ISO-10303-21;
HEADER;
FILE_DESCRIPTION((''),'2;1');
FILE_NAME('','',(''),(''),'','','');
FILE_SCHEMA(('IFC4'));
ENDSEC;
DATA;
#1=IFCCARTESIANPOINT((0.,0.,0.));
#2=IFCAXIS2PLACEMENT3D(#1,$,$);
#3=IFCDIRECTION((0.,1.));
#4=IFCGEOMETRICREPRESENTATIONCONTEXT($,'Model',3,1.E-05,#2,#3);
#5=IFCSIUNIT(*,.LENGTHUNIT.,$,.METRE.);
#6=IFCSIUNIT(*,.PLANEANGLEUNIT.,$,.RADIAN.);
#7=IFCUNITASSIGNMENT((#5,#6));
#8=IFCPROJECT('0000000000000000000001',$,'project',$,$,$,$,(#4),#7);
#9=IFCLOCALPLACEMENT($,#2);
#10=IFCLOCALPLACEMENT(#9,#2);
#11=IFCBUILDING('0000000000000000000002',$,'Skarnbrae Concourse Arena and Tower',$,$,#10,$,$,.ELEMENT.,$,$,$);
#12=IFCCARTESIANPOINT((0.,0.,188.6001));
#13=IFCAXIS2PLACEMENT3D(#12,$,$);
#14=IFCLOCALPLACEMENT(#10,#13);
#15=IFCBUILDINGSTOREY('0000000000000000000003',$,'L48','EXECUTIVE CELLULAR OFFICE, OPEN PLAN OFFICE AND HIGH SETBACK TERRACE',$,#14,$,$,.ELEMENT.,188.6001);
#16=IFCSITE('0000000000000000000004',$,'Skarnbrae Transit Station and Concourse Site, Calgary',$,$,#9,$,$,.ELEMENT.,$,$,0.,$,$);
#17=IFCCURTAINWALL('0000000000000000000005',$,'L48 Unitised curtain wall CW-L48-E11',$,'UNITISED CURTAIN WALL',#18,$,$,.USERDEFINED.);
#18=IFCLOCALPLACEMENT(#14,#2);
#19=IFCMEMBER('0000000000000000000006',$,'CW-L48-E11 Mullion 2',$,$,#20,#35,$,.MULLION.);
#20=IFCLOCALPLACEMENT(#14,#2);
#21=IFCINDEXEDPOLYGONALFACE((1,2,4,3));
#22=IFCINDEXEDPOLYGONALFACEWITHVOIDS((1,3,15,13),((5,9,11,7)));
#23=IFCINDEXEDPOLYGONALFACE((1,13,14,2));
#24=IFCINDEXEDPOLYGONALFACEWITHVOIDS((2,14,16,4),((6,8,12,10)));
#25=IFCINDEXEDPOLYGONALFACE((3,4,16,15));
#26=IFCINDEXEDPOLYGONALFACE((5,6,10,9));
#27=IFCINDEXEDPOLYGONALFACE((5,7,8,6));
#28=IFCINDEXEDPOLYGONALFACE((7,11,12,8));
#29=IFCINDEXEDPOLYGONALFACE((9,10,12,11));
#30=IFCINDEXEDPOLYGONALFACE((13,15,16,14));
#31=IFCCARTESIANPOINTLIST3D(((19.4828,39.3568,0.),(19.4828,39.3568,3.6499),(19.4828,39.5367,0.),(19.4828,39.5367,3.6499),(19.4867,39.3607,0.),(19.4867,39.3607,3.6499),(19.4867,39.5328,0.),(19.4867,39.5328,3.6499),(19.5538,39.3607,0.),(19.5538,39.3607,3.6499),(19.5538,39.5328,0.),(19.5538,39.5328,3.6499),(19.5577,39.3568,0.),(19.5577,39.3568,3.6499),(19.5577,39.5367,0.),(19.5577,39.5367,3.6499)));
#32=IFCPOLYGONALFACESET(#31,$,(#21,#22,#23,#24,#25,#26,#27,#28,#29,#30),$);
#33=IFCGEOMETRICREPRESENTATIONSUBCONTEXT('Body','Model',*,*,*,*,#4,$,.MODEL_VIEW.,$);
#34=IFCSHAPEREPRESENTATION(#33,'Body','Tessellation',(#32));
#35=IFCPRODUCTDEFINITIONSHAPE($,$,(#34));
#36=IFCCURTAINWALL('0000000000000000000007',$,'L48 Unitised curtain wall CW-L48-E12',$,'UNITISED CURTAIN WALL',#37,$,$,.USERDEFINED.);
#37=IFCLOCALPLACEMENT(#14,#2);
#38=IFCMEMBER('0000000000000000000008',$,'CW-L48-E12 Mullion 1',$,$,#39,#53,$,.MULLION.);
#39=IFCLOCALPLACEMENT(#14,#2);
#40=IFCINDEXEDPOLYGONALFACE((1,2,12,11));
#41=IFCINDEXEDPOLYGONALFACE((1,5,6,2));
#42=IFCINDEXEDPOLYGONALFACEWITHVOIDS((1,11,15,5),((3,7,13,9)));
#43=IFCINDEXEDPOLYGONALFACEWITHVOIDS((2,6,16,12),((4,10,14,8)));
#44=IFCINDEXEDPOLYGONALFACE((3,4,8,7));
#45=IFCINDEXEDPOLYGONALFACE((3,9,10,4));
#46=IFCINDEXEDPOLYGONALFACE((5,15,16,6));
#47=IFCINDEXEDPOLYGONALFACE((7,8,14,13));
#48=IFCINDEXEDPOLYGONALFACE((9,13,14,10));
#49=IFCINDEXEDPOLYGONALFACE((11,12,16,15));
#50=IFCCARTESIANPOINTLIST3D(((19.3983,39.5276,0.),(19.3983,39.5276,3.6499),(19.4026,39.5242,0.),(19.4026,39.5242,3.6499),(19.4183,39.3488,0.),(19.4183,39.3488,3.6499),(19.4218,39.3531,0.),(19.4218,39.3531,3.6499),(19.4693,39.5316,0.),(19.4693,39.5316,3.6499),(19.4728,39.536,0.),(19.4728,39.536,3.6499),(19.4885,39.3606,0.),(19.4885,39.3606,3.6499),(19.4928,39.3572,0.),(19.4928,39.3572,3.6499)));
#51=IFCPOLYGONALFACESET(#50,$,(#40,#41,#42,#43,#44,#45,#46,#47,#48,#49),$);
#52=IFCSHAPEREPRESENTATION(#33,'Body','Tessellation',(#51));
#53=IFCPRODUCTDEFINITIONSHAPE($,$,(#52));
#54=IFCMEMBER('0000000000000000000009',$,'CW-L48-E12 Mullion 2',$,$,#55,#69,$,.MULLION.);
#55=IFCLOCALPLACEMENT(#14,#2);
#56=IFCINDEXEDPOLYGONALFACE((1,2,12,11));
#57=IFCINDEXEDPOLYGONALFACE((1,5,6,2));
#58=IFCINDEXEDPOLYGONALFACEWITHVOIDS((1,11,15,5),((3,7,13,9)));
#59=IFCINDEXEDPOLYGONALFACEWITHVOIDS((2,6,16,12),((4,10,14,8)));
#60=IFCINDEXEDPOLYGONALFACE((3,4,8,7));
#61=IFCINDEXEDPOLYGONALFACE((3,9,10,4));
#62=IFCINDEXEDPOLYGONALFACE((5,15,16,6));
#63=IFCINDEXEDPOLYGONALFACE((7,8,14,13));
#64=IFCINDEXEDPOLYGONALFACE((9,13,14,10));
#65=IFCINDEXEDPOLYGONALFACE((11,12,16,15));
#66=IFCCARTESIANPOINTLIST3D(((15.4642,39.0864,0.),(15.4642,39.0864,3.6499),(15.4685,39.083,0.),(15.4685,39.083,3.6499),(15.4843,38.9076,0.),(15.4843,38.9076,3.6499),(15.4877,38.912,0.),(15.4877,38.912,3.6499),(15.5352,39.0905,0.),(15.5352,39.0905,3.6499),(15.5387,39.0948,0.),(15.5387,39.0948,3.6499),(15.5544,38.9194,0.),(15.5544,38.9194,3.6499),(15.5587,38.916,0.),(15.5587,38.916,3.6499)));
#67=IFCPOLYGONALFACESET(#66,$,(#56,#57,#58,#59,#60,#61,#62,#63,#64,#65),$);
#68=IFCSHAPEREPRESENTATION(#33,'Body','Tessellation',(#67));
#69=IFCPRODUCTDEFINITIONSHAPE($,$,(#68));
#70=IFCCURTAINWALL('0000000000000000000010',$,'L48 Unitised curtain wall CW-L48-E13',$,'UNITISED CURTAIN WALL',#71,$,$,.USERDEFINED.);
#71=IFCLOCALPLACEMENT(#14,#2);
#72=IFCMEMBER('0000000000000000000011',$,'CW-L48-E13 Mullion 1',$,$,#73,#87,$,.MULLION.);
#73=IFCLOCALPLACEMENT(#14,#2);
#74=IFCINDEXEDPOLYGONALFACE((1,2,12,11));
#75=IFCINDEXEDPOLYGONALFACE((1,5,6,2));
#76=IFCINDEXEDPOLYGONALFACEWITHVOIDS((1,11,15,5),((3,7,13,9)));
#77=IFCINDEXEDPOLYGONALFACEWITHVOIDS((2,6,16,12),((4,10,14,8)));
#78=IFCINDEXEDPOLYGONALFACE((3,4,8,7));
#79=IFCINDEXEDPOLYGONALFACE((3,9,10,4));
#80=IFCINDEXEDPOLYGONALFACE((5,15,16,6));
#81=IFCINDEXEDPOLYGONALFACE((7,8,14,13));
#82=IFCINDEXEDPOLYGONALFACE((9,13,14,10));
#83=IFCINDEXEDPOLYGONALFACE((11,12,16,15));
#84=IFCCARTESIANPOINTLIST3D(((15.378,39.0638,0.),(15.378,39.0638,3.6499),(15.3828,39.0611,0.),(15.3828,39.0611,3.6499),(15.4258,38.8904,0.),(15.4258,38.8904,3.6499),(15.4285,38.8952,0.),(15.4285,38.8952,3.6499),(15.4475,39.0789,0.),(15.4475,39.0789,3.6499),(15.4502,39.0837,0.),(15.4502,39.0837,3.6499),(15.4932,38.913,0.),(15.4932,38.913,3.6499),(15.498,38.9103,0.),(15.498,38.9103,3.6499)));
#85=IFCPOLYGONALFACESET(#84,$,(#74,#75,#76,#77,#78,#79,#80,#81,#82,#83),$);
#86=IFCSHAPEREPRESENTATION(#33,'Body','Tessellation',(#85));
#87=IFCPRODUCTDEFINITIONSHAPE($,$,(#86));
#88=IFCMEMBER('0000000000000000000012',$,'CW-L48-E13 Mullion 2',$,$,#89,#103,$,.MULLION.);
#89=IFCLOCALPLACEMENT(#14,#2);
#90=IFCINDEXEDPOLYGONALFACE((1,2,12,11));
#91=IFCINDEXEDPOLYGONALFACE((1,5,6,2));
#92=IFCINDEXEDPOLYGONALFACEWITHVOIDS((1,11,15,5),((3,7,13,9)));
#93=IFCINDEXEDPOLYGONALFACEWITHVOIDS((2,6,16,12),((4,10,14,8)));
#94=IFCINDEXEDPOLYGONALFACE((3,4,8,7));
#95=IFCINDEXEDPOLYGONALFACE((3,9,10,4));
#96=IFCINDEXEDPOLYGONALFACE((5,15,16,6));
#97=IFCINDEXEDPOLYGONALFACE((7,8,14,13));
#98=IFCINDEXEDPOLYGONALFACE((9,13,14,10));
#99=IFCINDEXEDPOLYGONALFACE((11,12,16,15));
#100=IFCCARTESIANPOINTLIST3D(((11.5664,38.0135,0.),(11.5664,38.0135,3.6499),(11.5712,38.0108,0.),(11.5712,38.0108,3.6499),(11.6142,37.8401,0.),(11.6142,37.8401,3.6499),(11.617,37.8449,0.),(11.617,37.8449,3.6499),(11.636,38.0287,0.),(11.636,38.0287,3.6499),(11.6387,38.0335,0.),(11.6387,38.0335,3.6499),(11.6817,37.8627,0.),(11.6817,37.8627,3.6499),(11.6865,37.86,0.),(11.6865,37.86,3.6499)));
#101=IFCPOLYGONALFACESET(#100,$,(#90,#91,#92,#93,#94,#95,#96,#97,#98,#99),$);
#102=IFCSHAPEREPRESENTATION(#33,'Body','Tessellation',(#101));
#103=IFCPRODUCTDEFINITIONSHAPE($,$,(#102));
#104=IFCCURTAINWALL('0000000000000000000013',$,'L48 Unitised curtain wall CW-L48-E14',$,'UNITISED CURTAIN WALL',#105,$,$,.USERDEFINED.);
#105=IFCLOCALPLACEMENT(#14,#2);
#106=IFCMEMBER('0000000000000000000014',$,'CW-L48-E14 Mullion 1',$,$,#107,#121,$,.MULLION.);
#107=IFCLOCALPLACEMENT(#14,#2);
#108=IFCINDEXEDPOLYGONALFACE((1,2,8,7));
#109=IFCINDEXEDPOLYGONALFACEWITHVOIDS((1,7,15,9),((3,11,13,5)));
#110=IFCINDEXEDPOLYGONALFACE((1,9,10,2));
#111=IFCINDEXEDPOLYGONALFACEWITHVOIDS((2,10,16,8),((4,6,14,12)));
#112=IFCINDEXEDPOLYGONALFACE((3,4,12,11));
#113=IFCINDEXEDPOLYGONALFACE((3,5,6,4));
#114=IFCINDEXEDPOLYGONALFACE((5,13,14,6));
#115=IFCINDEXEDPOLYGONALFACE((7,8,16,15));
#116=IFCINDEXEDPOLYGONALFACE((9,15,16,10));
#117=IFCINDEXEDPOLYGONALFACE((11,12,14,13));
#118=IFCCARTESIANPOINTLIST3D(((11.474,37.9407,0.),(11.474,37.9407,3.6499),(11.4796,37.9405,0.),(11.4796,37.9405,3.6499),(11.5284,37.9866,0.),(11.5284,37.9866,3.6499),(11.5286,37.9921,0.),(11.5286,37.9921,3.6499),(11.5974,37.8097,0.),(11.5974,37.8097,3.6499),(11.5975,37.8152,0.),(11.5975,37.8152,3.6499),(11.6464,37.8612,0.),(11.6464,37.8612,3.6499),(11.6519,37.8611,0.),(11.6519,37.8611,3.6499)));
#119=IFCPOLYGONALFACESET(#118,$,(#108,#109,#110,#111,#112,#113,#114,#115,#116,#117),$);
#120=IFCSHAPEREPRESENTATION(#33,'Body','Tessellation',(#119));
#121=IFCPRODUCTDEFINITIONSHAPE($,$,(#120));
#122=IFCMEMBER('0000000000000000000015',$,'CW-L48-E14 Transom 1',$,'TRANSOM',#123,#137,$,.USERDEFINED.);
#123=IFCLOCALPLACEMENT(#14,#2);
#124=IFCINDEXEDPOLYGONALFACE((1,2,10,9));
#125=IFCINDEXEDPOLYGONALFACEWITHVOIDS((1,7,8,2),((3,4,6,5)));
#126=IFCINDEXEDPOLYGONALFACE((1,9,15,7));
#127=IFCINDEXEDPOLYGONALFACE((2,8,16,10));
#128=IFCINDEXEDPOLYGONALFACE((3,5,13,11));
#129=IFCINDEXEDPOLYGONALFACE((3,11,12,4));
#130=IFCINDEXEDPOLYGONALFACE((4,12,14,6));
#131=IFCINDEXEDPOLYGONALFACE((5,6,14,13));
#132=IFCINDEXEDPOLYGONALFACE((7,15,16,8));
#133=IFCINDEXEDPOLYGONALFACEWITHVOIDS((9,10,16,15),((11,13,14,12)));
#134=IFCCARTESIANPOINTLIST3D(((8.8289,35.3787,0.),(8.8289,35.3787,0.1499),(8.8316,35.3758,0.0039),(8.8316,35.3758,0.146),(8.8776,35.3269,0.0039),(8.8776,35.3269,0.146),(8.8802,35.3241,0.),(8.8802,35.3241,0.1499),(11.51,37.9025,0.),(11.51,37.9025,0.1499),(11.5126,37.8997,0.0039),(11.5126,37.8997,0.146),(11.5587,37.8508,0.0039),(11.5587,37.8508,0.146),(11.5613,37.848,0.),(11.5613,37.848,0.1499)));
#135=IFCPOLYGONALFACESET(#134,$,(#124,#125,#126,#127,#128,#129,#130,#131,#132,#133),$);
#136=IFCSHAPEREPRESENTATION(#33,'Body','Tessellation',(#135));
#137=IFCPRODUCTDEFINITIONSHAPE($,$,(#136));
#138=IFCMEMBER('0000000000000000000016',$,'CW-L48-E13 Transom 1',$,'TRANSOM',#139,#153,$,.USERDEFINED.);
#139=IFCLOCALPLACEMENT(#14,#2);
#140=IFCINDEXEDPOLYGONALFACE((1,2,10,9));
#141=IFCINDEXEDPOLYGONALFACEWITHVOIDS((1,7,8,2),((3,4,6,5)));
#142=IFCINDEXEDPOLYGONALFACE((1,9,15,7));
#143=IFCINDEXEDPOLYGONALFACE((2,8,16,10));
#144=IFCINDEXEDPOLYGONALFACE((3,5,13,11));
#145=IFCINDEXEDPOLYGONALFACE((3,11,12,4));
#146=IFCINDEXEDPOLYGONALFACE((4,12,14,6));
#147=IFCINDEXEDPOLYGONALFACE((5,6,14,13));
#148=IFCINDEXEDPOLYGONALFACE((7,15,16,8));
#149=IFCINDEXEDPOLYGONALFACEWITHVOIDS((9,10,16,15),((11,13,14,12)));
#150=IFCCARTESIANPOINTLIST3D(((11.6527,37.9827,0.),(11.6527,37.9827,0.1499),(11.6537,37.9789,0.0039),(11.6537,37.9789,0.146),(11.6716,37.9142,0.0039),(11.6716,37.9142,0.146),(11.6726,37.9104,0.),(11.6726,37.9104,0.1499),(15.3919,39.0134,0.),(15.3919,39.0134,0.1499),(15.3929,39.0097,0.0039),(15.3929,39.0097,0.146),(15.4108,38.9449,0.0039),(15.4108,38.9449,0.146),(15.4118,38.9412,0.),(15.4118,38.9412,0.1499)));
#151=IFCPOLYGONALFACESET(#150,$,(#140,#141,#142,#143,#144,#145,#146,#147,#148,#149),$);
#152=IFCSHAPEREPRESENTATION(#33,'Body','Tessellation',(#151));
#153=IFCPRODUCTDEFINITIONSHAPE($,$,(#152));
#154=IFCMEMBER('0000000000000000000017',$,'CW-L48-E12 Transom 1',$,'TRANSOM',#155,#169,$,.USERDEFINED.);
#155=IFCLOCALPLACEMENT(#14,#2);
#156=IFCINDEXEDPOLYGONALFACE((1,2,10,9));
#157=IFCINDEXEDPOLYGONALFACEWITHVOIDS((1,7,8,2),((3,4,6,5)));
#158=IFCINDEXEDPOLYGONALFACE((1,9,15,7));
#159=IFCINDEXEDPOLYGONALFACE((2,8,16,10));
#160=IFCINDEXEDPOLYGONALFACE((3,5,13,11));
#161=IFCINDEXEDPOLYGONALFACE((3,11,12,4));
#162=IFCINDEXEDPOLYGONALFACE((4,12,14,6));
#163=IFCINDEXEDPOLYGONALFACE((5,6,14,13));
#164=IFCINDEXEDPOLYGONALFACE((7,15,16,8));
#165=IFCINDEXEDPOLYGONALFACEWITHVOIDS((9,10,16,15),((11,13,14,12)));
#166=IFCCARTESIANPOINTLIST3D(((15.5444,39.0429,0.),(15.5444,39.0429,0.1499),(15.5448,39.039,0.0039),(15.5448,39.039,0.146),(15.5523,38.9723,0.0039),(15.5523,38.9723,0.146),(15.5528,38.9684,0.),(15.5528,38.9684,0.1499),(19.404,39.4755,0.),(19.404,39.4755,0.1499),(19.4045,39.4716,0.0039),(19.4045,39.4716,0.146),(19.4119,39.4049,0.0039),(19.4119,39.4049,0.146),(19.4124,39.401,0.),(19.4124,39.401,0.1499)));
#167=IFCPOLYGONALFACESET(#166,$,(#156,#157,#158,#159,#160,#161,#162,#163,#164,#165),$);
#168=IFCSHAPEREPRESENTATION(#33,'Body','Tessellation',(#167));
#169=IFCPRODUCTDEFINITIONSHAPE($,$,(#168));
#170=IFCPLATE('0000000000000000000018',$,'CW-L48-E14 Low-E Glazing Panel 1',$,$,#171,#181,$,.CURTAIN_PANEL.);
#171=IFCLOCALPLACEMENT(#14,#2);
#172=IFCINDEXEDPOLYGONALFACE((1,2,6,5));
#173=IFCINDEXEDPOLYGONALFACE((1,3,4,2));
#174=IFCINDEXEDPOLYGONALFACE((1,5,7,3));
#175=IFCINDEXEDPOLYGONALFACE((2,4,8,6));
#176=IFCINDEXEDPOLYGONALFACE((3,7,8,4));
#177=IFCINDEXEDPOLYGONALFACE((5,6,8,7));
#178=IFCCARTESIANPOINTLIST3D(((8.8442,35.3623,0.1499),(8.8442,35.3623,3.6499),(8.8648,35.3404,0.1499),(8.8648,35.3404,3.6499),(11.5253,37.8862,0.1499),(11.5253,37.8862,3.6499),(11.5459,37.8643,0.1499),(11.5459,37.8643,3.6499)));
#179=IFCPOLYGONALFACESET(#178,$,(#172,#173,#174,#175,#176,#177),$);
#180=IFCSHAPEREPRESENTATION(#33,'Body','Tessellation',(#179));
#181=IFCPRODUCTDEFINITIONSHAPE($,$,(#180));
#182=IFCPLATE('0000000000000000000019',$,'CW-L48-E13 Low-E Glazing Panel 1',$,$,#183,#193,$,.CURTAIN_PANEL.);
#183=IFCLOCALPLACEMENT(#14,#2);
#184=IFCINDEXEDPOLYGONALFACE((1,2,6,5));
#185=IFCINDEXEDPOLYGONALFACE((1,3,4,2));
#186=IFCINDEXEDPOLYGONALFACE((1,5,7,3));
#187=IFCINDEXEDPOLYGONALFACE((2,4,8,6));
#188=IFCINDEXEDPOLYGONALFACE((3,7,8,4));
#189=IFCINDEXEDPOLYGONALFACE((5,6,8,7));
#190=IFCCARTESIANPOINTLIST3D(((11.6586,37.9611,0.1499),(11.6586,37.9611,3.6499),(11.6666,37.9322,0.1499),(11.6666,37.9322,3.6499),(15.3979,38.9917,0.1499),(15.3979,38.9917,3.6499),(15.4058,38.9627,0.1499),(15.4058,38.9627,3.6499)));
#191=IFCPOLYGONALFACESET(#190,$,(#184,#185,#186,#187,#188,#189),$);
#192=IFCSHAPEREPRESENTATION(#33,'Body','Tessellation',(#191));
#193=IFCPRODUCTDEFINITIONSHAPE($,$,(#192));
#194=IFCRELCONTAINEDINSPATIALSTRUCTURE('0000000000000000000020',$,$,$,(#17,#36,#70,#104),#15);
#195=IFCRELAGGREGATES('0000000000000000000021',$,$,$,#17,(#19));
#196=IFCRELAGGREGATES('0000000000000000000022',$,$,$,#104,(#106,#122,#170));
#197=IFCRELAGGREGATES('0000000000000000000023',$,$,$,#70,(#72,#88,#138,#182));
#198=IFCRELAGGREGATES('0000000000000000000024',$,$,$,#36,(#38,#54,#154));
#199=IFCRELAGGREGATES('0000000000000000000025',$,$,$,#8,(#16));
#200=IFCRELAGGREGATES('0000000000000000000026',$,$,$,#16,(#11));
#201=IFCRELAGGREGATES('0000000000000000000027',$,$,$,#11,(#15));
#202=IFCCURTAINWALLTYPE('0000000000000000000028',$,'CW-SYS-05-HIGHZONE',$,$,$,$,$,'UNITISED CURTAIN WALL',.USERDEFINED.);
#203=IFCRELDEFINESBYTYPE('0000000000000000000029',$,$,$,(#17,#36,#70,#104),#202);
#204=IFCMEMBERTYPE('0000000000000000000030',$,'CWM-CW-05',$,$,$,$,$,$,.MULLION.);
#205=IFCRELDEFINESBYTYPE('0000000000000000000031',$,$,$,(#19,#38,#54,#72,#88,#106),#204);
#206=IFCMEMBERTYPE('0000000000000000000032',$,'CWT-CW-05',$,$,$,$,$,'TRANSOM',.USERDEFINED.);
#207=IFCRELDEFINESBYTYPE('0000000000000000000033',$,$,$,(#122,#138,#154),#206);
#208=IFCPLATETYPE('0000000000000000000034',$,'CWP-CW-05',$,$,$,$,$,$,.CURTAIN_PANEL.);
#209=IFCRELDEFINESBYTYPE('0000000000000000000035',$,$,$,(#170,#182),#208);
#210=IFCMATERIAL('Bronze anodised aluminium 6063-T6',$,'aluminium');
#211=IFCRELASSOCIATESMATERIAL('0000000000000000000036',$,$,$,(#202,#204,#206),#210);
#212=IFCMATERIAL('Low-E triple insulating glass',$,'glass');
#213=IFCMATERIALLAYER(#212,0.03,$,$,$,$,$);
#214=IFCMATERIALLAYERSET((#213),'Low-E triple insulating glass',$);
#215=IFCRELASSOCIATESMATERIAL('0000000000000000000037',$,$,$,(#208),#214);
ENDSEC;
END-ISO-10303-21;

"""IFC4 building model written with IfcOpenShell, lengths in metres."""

from ifc_helpers import new_model, si_unit, direction, frame, origin, origin_2d, place, context, subcontext, project, spatial, rectangle, hollow_rectangle, extrude, source, transform, mapped, material, layer, layer_set, material_profile, profile_set, type_object, element, aggregate, save


model = new_model("IFC4")

# Units and contexts
model_context = context("Model", 3, precision=1e-05, world=origin(), true_north=direction((0.0, 1.0)))
body_context = subcontext(model_context, "Body", "Model", "MODEL_VIEW")
ifc_project = project(units=[si_unit("LENGTHUNIT", "METRE"), si_unit("PLANEANGLEUNIT", "RADIAN")], contexts=[model_context])

# Site, building, storey
site_placement = place(None, origin())
site = spatial("IfcSite", under=ifc_project, at=site_placement, Name="Skarnbrae Transit Station and Concourse Site, Calgary", CompositionType="ELEMENT", RefElevation=0.0)
building_placement = place(site_placement, origin())
building = spatial("IfcBuilding", under=site, at=building_placement, Name="Skarnbrae Concourse Arena and Tower", CompositionType="ELEMENT")
storey_placement = place(building_placement, frame((0.0, 0.0, 188.6001)))
storey = spatial("IfcBuildingStorey", under=building, at=storey_placement, Name="L48", Description="EXECUTIVE CELLULAR OFFICE, OPEN PLAN OFFICE AND HIGH SETBACK TERRACE", CompositionType="ELEMENT", Elevation=188.6001)

# Curtain wall, member
ifc_material_1 = material(Name="Bronze anodised aluminium 6063-T6", Category="aluminium")
curtain_wall_type = type_object("IfcCurtainWallType", Name="CW-SYS-05-HIGHZONE", ElementType="UNITISED CURTAIN WALL", PredefinedType="USERDEFINED", material=ifc_material_1)
curtain_wall_1_placement = place(storey_placement, origin())
curtain_wall_1 = element("IfcCurtainWall", 1, at=curtain_wall_1_placement, inside=storey, type_object=curtain_wall_type, Name="L48 Unitised curtain wall CW-L48-E11", ObjectType="UNITISED CURTAIN WALL", PredefinedType="USERDEFINED")
ifc_material_profile_1 = material_profile(ifc_material_1, hollow_rectangle(XDim=0.075, YDim=0.1799, WallThickness=0.0039, at=origin_2d()), Name="ALU-MULL-75X180")
ifc_profile_set_1 = profile_set([ifc_material_profile_1], Name="Bronze anodised aluminium 6063-T6")
member_type_1 = type_object("IfcMemberType", Name="CWM-CW-05", PredefinedType="MULLION", material=ifc_profile_set_1)
shared_shape_1 = source(origin(), body_context, "Body", "SweptSolid", [
    extrude(hollow_rectangle(XDim=0.075, YDim=0.1799, WallThickness=0.0039, at=origin_2d()), origin(), (0.0, 0.0, 1.0), 3.6499),
])
member_1_placement = place(storey_placement, frame((19.5203, 39.4468, 0.0), z_axis=(0.0, 0.0, 1.0), x_axis=(-1.0, 0.0, 0.0)))
member_1 = element("IfcMember", 2, at=member_1_placement, type_object=member_type_1, Name="CW-L48-E11 Mullion 2", PredefinedType="MULLION", context=body_context, shape_type="MappedRepresentation", body=[
    mapped(shared_shape_1, transform((0.0, 0.0, 0.0))),
])
aggregate(curtain_wall_1, [member_1])

# Curtain walls, members
curtain_wall_2_placement = place(storey_placement, origin())
curtain_wall_2 = element("IfcCurtainWall", 3, at=curtain_wall_2_placement, inside=storey, type_object=curtain_wall_type, Name="L48 Unitised curtain wall CW-L48-E12", ObjectType="UNITISED CURTAIN WALL", PredefinedType="USERDEFINED")
member_2_placement = place(storey_placement, frame((19.4456, 39.4424, 0.0), z_axis=(0.0, 0.0, 1.0), x_axis=(-0.993769, -0.11146, 0.0)))
member_2 = element("IfcMember", 4, at=member_2_placement, type_object=member_type_1, Name="CW-L48-E12 Mullion 1", PredefinedType="MULLION", context=body_context, shape_type="MappedRepresentation", body=[
    mapped(shared_shape_1, transform((0.0, 0.0, 0.0))),
])
member_3_placement = place(storey_placement, frame((15.5115, 39.0012, 0.0), z_axis=(0.0, 0.0, 1.0), x_axis=(-0.993769, -0.11146, 0.0)))
member_3 = element("IfcMember", 5, at=member_3_placement, type_object=member_type_1, Name="CW-L48-E12 Mullion 2", PredefinedType="MULLION", context=body_context, shape_type="MappedRepresentation", body=[
    mapped(shared_shape_1, transform((0.0, 0.0, 0.0))),
])
curtain_wall_3_placement = place(storey_placement, origin())
curtain_wall_3 = element("IfcCurtainWall", 6, at=curtain_wall_3_placement, inside=storey, type_object=curtain_wall_type, Name="L48 Unitised curtain wall CW-L48-E13", ObjectType="UNITISED CURTAIN WALL", PredefinedType="USERDEFINED")
member_4_placement = place(storey_placement, frame((15.438, 38.9871, 0.0), z_axis=(0.0, 0.0, 1.0), x_axis=(-0.964057, -0.265694, 0.0)))
member_4 = element("IfcMember", 7, at=member_4_placement, type_object=member_type_1, Name="CW-L48-E13 Mullion 1", PredefinedType="MULLION", context=body_context, shape_type="MappedRepresentation", body=[
    mapped(shared_shape_1, transform((0.0, 0.0, 0.0))),
])
member_5_placement = place(storey_placement, frame((11.6265, 37.9368, 0.0), z_axis=(0.0, 0.0, 1.0), x_axis=(-0.964057, -0.265694, 0.0)))
member_5 = element("IfcMember", 8, at=member_5_placement, type_object=member_type_1, Name="CW-L48-E13 Mullion 2", PredefinedType="MULLION", context=body_context, shape_type="MappedRepresentation", body=[
    mapped(shared_shape_1, transform((0.0, 0.0, 0.0))),
])
curtain_wall_4_placement = place(storey_placement, origin())
curtain_wall_4 = element("IfcCurtainWall", 9, at=curtain_wall_4_placement, inside=storey, type_object=curtain_wall_type, Name="L48 Unitised curtain wall CW-L48-E14", ObjectType="UNITISED CURTAIN WALL", PredefinedType="USERDEFINED")
member_6_placement = place(storey_placement, frame((11.563, 37.9009, 0.0), z_axis=(0.0, 0.0, 1.0), x_axis=(-0.728131, -0.685438, 0.0)))
member_6 = element("IfcMember", 10, at=member_6_placement, type_object=member_type_1, Name="CW-L48-E14 Mullion 1", PredefinedType="MULLION", context=body_context, shape_type="MappedRepresentation", body=[
    mapped(shared_shape_1, transform((0.0, 0.0, 0.0))),
])
ifc_material_profile_2 = material_profile(ifc_material_1, hollow_rectangle(XDim=0.075, YDim=0.1499, WallThickness=0.0039, at=origin_2d()), Name="ALU-TRAN-75X150")
ifc_profile_set_2 = profile_set([ifc_material_profile_2], Name="Bronze anodised aluminium 6063-T6")
member_type_2 = type_object("IfcMemberType", Name="CWT-CW-05", ElementType="TRANSOM", PredefinedType="USERDEFINED", material=ifc_profile_set_2)
shared_shape_2 = source(origin(), body_context, "Body", "SweptSolid", [
    extrude(hollow_rectangle(XDim=0.075, YDim=0.1499, WallThickness=0.0039, at=origin_2d()), origin(), (0.0, 0.0, 1.0), 3.6821),
])
member_7_placement = place(storey_placement, frame((11.5356, 37.8752, 0.075), z_axis=(-0.728134, -0.685435, 0.0), x_axis=(0.685435, -0.728134, 0.0)))
member_7 = element("IfcMember", 11, at=member_7_placement, type_object=member_type_2, Name="CW-L48-E14 Transom 1", ObjectType="TRANSOM", PredefinedType="USERDEFINED", context=body_context, shape_type="MappedRepresentation", body=[
    mapped(shared_shape_2, transform((0.0, 0.0, 0.0))),
])

# Members
shared_shape_3 = source(origin(), body_context, "Body", "SweptSolid", [
    extrude(hollow_rectangle(XDim=0.075, YDim=0.1499, WallThickness=0.0039, at=origin_2d()), origin(), (0.0, 0.0, 1.0), 3.8787),
])
member_8_placement = place(storey_placement, frame((15.4019, 38.9773, 0.075), z_axis=(-0.964043, -0.265747, 0.0), x_axis=(0.265747, -0.964043, 0.0)))
member_8 = element("IfcMember", 12, at=member_8_placement, type_object=member_type_2, Name="CW-L48-E13 Transom 1", ObjectType="TRANSOM", PredefinedType="USERDEFINED", context=body_context, shape_type="MappedRepresentation", body=[
    mapped(shared_shape_3, transform((0.0, 0.0, 0.0))),
])
shared_shape_4 = source(origin(), body_context, "Body", "SweptSolid", [
    extrude(hollow_rectangle(XDim=0.075, YDim=0.1499, WallThickness=0.0039, at=origin_2d()), origin(), (0.0, 0.0, 1.0), 3.8838),
])
member_9_placement = place(storey_placement, frame((19.4082, 39.4382, 0.075), z_axis=(-0.993777, -0.11139, 0.0), x_axis=(0.11139, -0.993777, 0.0)))
member_9 = element("IfcMember", 13, at=member_9_placement, type_object=member_type_2, Name="CW-L48-E12 Transom 1", ObjectType="TRANSOM", PredefinedType="USERDEFINED", context=body_context, shape_type="MappedRepresentation", body=[
    mapped(shared_shape_4, transform((0.0, 0.0, 0.0))),
])

# Plates
ifc_material_2 = material(Name="Low-E triple insulating glass", Category="glass")
ifc_layer_1 = layer(ifc_material_2, 0.03)
ifc_layer_set_1 = layer_set([ifc_layer_1], Name="Low-E triple insulating glass")
plate_type = type_object("IfcPlateType", Name="CWP-CW-05", PredefinedType="CURTAIN_PANEL", material=ifc_layer_set_1)
shared_shape_5 = source(origin(), body_context, "Body", "SweptSolid", [
    extrude(rectangle(XDim=3.6821, YDim=0.03, at=origin_2d()), origin(), (0.0, 0.0, 1.0), 3.5),
])
plate_1_placement = place(storey_placement, frame((10.1951, 36.6133, 0.1499), z_axis=(0.0, 0.0, 1.0), x_axis=(-0.728131, -0.685438, 0.0)))
plate_1 = element("IfcPlate", 14, at=plate_1_placement, type_object=plate_type, Name="CW-L48-E14 Low-E Glazing Panel 1", PredefinedType="CURTAIN_PANEL", context=body_context, shape_type="MappedRepresentation", body=[
    mapped(shared_shape_5, transform((0.0, 0.0, 0.0))),
])
aggregate(curtain_wall_4, [member_6, member_7, plate_1])
shared_shape_6 = source(origin(), body_context, "Body", "SweptSolid", [
    extrude(rectangle(XDim=3.8787, YDim=0.03, at=origin_2d()), origin(), (0.0, 0.0, 1.0), 3.5),
])
plate_2_placement = place(storey_placement, frame((13.5322, 38.4619, 0.1499), z_axis=(0.0, 0.0, 1.0), x_axis=(-0.964057, -0.265694, 0.0)))
plate_2 = element("IfcPlate", 15, at=plate_2_placement, type_object=plate_type, Name="CW-L48-E13 Low-E Glazing Panel 1", PredefinedType="CURTAIN_PANEL", context=body_context, shape_type="MappedRepresentation", body=[
    mapped(shared_shape_6, transform((0.0, 0.0, 0.0))),
])
aggregate(curtain_wall_3, [member_4, member_5, member_8, plate_2])
aggregate(curtain_wall_2, [member_2, member_3, member_9])

save(model, "model.ifc")
